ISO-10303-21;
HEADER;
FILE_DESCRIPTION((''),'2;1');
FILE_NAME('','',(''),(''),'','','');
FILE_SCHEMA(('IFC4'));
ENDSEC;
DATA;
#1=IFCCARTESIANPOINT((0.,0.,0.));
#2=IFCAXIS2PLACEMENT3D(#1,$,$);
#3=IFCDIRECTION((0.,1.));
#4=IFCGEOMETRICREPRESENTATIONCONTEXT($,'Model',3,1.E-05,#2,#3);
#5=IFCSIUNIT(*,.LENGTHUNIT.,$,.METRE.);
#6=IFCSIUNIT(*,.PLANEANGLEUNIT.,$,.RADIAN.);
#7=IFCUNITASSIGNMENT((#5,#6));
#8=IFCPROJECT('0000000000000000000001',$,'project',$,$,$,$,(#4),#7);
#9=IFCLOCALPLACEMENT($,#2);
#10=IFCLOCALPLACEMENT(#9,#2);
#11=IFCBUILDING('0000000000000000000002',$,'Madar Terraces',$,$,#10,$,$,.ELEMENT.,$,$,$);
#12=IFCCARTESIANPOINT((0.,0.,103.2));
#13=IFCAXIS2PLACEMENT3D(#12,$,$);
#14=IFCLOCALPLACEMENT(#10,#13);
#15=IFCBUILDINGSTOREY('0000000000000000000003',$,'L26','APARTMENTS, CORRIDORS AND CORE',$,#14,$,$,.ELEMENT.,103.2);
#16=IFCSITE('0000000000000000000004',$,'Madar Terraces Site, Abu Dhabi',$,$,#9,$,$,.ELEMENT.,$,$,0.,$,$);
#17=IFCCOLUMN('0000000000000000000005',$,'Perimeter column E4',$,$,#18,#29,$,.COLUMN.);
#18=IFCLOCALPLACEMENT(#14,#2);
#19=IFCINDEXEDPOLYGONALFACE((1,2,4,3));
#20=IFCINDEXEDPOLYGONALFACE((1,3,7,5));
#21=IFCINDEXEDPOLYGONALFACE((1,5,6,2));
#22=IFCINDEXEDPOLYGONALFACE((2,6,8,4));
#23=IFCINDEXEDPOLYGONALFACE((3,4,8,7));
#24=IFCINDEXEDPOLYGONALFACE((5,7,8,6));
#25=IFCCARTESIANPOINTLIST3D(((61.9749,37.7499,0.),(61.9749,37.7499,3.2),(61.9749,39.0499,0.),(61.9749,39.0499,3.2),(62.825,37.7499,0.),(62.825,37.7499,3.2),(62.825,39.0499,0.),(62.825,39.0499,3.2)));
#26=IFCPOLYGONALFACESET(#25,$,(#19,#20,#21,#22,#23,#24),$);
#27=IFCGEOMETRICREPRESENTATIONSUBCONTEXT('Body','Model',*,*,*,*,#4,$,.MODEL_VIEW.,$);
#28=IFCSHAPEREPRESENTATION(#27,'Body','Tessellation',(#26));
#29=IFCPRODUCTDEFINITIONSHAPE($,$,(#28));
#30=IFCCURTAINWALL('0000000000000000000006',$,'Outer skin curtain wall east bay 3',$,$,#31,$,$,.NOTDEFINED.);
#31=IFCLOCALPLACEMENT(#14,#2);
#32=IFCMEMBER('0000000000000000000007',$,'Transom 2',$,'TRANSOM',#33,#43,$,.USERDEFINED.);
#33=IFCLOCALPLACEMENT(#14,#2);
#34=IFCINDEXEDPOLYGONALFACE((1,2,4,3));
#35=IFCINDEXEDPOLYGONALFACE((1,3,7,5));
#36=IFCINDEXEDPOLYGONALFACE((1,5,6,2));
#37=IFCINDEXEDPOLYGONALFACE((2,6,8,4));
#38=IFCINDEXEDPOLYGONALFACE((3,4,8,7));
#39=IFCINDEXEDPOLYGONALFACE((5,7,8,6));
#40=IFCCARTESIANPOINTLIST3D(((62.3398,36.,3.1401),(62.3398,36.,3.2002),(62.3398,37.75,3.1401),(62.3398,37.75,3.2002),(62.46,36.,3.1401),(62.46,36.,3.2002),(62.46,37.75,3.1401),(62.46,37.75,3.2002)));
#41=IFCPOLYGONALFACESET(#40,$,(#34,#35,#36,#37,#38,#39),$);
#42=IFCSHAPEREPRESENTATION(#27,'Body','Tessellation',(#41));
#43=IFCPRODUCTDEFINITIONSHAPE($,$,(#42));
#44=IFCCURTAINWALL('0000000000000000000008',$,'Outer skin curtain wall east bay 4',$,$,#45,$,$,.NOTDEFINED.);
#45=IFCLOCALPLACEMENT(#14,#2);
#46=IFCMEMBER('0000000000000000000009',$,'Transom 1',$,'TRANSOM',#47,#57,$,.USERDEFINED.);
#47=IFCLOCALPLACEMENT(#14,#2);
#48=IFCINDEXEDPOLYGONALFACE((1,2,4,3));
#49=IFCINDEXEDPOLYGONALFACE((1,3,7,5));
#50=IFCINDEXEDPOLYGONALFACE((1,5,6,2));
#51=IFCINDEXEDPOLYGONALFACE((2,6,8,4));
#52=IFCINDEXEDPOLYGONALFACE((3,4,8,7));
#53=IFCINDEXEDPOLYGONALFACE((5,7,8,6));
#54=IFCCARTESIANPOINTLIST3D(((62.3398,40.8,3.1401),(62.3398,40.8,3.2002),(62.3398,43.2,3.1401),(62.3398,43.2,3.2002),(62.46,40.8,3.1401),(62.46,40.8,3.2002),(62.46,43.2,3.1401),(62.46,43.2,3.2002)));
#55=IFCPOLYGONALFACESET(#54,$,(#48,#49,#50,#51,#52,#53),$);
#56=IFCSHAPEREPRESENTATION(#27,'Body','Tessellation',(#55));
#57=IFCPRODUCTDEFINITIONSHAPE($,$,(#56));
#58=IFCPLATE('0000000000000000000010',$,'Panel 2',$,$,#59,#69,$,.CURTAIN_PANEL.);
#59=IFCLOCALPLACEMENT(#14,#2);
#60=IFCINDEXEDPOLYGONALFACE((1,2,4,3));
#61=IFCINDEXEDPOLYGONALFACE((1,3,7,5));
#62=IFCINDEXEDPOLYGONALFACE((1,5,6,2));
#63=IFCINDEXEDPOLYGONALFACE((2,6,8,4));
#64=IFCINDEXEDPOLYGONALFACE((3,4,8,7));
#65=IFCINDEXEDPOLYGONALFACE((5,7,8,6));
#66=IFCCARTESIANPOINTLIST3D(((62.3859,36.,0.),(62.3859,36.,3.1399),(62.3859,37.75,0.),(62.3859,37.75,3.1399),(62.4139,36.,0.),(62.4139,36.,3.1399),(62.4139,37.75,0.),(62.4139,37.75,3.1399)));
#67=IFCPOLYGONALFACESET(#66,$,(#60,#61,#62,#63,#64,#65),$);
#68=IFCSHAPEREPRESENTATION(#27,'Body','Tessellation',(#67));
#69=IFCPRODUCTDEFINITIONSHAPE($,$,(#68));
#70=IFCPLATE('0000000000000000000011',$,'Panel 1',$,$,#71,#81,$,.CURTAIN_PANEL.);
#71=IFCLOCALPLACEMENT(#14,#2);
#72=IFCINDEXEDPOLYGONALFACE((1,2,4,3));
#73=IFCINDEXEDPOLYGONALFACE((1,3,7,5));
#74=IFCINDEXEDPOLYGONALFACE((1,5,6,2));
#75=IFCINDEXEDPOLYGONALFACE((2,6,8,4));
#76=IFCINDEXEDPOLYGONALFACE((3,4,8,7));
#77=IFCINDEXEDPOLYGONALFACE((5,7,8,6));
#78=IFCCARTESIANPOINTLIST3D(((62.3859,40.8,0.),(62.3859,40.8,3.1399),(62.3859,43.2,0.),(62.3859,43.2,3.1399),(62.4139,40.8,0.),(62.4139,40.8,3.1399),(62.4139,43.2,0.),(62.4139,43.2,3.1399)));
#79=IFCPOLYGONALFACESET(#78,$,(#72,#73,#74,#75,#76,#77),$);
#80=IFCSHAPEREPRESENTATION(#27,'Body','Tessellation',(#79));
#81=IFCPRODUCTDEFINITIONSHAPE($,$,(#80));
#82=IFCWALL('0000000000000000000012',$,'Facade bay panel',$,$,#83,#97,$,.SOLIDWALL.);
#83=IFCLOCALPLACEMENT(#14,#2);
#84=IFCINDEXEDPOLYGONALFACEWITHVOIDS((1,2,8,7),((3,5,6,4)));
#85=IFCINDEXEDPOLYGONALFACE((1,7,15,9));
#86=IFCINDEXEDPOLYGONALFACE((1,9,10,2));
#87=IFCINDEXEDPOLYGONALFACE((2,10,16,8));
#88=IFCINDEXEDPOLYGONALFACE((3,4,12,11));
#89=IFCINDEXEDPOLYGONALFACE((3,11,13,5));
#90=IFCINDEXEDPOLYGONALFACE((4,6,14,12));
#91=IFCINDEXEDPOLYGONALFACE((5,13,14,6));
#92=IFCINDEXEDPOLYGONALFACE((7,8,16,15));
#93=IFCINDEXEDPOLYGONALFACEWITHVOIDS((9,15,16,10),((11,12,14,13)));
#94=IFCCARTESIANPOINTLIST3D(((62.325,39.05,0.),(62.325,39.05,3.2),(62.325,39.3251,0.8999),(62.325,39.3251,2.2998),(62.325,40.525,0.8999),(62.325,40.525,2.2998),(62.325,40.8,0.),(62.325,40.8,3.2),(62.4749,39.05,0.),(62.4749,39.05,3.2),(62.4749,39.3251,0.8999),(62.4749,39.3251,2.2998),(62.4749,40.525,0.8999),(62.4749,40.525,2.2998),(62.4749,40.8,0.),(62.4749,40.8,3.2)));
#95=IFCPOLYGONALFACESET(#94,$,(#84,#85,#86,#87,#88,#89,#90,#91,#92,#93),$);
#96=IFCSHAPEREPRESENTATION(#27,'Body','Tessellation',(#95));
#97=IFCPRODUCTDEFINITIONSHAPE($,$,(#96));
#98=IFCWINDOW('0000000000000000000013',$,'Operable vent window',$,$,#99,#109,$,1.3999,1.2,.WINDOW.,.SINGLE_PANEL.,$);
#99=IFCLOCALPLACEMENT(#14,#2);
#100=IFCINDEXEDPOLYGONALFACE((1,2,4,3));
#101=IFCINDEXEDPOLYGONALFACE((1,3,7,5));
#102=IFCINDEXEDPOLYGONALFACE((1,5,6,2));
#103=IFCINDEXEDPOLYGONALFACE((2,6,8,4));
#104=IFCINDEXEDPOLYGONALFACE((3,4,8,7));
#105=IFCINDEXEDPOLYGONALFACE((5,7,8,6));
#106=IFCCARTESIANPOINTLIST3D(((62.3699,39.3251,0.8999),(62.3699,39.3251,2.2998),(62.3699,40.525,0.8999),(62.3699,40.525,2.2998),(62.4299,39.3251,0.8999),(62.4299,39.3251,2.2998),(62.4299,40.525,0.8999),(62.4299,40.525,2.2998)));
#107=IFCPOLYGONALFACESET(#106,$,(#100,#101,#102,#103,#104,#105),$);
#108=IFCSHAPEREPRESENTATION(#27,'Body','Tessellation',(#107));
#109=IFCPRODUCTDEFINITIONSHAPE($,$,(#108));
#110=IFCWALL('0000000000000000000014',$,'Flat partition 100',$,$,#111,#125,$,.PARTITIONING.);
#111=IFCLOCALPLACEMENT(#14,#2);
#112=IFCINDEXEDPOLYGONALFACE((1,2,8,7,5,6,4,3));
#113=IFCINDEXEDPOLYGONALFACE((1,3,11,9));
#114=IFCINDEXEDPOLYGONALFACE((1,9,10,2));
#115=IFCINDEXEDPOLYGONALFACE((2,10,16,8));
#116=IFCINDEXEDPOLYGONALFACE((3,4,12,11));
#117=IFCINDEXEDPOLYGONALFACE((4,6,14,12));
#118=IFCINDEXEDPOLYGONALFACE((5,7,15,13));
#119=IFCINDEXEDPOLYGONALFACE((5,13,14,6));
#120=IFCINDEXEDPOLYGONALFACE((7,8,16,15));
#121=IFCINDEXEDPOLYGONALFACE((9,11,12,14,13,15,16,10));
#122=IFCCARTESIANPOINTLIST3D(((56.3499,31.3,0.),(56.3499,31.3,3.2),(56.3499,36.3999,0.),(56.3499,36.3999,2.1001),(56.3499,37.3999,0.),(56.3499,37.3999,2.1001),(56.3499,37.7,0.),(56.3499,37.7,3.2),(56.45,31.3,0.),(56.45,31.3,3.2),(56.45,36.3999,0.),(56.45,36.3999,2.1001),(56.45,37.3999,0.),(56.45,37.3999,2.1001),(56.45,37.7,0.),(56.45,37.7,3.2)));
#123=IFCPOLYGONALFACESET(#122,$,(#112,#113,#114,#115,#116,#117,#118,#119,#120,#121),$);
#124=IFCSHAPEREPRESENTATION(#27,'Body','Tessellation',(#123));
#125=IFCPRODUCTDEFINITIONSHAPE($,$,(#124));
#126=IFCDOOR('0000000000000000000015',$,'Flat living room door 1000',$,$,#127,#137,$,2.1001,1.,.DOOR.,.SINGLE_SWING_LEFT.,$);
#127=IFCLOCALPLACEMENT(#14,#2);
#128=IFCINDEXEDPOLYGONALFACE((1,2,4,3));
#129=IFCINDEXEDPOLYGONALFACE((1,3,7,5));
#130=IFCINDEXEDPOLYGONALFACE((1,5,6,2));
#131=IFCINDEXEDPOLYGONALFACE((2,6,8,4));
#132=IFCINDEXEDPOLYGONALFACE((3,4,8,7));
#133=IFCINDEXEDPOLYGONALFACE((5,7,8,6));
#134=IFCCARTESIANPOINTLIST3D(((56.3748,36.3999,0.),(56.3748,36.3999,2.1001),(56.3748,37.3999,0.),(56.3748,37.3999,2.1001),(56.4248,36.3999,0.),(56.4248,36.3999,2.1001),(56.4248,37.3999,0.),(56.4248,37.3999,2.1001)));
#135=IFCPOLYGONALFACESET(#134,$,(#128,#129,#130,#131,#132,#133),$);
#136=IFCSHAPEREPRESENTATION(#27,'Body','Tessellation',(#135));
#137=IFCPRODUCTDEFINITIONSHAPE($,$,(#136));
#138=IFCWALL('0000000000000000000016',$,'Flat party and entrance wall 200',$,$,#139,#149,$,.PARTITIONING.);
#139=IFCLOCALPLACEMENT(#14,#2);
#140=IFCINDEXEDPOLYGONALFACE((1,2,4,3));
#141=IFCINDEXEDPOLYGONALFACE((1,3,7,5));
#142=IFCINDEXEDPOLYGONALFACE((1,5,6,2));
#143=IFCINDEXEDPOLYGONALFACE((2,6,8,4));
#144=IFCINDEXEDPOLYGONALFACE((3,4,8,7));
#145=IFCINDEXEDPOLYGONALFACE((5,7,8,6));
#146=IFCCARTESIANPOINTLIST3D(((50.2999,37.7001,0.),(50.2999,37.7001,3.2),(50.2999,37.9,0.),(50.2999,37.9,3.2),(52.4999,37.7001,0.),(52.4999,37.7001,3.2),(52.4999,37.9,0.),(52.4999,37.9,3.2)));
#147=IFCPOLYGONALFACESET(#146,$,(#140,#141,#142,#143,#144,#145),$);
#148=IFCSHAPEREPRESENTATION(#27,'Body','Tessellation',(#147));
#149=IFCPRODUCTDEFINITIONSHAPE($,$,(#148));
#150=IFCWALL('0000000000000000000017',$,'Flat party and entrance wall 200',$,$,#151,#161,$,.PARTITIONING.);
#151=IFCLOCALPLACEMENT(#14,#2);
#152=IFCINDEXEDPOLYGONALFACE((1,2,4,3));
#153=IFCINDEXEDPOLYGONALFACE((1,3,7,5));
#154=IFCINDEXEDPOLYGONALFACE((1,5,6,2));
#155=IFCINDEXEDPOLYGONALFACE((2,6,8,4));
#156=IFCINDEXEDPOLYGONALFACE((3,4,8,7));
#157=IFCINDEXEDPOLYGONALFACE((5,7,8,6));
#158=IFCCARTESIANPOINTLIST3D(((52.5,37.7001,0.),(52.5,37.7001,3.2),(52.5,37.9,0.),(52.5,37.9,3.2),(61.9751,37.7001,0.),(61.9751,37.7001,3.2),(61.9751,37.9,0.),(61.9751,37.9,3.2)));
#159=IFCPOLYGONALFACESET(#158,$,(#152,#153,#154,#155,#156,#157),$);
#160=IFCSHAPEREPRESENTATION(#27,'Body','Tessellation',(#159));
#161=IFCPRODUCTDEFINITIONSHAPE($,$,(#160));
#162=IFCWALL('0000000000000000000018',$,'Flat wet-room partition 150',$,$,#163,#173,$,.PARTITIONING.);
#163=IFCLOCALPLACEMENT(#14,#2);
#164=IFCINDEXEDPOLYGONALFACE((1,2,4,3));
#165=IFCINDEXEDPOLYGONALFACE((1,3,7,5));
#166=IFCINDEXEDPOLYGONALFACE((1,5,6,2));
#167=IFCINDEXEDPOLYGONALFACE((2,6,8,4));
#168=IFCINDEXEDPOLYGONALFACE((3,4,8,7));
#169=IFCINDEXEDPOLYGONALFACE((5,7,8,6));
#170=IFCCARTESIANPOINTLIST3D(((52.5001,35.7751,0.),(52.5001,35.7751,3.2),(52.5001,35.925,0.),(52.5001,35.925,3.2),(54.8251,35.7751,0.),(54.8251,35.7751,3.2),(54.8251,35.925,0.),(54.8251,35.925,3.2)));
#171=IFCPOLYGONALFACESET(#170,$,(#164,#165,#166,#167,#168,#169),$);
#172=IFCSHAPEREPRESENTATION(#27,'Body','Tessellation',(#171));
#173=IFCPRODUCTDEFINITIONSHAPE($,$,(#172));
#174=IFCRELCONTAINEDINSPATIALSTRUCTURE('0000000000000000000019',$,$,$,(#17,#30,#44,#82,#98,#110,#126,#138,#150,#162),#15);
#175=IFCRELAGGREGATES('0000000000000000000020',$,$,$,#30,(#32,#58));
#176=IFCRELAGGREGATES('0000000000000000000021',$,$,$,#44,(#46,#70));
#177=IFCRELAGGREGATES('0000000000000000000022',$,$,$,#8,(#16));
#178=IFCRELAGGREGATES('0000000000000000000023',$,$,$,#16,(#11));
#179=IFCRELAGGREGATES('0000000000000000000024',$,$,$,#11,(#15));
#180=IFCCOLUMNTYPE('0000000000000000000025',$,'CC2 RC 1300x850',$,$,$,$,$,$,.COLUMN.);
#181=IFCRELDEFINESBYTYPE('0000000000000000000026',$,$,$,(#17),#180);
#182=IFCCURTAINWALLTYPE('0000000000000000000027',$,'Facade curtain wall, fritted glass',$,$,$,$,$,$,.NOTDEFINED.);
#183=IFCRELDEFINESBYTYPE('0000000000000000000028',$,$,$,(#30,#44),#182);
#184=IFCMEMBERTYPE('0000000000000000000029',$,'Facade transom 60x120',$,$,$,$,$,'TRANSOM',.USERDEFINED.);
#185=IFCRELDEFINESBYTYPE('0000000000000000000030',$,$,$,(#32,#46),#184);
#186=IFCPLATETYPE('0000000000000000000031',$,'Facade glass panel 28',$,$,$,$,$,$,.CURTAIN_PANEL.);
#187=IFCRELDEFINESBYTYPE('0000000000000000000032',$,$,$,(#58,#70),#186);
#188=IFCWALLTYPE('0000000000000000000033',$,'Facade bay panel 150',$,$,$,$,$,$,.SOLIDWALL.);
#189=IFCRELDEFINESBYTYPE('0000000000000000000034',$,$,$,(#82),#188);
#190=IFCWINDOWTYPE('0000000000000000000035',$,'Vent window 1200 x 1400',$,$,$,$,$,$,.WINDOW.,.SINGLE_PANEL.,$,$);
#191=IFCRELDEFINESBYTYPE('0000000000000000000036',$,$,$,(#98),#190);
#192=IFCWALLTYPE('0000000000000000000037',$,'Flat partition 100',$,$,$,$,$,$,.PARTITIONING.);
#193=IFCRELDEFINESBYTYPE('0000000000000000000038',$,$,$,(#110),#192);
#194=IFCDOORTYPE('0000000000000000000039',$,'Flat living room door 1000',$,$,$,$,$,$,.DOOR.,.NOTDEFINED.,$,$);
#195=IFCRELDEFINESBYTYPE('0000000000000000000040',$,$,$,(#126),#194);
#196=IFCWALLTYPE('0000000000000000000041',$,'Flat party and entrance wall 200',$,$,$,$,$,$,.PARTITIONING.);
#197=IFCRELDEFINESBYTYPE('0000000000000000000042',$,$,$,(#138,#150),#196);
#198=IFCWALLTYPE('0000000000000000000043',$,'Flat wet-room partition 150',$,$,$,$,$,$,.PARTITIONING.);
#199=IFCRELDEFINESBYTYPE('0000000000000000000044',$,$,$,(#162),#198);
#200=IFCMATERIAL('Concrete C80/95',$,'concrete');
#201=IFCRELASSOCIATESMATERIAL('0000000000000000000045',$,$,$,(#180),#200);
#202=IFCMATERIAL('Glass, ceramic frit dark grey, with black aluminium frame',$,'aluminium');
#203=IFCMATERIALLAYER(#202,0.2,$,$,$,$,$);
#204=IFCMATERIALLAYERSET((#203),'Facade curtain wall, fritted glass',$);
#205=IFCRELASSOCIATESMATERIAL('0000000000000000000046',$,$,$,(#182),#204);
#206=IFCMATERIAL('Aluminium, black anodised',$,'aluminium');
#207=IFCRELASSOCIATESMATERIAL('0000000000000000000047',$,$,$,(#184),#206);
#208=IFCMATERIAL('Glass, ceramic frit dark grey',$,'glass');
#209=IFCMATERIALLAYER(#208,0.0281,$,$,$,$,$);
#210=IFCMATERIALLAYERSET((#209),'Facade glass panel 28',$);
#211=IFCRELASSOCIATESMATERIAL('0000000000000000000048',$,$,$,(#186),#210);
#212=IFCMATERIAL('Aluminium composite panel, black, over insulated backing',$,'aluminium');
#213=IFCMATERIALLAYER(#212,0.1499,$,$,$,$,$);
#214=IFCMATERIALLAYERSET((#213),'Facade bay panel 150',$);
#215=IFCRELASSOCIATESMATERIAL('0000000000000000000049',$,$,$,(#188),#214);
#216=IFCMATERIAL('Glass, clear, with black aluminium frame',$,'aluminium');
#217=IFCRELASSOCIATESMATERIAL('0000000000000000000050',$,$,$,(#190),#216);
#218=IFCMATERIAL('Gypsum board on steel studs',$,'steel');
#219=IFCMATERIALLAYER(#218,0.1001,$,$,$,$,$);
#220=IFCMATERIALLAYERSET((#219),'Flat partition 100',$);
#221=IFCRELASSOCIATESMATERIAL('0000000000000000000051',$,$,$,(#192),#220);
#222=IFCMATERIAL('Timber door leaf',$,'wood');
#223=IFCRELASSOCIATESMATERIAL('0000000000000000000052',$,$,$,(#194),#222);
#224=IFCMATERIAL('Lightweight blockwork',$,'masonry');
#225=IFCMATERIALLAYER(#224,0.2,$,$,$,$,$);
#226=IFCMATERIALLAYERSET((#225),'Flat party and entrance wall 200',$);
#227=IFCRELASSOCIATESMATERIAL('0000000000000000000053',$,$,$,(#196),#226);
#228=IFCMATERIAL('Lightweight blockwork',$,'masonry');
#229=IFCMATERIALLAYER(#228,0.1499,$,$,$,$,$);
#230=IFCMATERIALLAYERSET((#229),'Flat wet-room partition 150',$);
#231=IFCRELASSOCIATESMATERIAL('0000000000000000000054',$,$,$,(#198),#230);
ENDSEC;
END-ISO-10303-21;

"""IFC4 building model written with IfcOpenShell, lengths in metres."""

from ifc_helpers import new_model, si_unit, direction, frame, frame_2d, origin, origin_2d, place, context, subcontext, project, spatial, rectangle, extrude, material, layer, layer_set, material_profile, profile_set, type_object, element, fill, aggregate, save


model = new_model("IFC4")

# Units and contexts
model_context = context("Model", 3, precision=1e-05, world=origin(), true_north=direction((0.0, 1.0)))
body_context = subcontext(model_context, "Body", "Model", "MODEL_VIEW")
ifc_project = project(units=[si_unit("LENGTHUNIT", "METRE"), si_unit("PLANEANGLEUNIT", "RADIAN")], contexts=[model_context])

# Site, building, storey
site_placement = place(None, origin())
site = spatial("IfcSite", under=ifc_project, at=site_placement, Name="Madar Terraces Site, Abu Dhabi", CompositionType="ELEMENT", RefElevation=0.0)
building_placement = place(site_placement, origin())
building = spatial("IfcBuilding", under=site, at=building_placement, Name="Madar Terraces", CompositionType="ELEMENT")
storey_placement = place(building_placement, frame((0.0, 0.0, 103.2)))
storey = spatial("IfcBuildingStorey", under=building, at=storey_placement, Name="L26", Description="APARTMENTS, CORRIDORS AND CORE", CompositionType="ELEMENT", Elevation=103.2)

# Column
ifc_material_1 = material(Name="Concrete C80/95", Category="concrete")
ifc_material_profile_1 = material_profile(ifc_material_1, rectangle(XDim=1.3, YDim=0.8501, at=origin_2d()), Name="CC2 RC 1300x850")
ifc_profile_set_1 = profile_set([ifc_material_profile_1], Name="Concrete C80/95")
column_type = type_object("IfcColumnType", Name="CC2 RC 1300x850", PredefinedType="COLUMN", material=ifc_profile_set_1)
column_placement = place(storey_placement, frame((62.3999, 38.3999, 0.0), z_axis=(0.0, 0.0, 1.0), x_axis=(0.0, 1.0, 0.0)))
element("IfcColumn", 1, at=column_placement, inside=storey, type_object=column_type, Name="Perimeter column E4", PredefinedType="COLUMN", context=body_context, shape_type="SweptSolid", body=[
    extrude(rectangle(XDim=1.3, YDim=0.8501, at=origin_2d()), origin(), (0.0, 0.0, 1.0), 3.2),
])

# Curtain walls, members
ifc_material_2 = material(Name="Glass, ceramic frit dark grey, with black aluminium frame", Category="aluminium")
ifc_layer_1 = layer(ifc_material_2, 0.2)
ifc_layer_set_1 = layer_set([ifc_layer_1], Name="Facade curtain wall, fritted glass")
curtain_wall_type = type_object("IfcCurtainWallType", Name="Facade curtain wall, fritted glass", PredefinedType="NOTDEFINED", material=ifc_layer_set_1)
curtain_wall_1_placement = place(storey_placement, origin())
curtain_wall_1 = element("IfcCurtainWall", 2, at=curtain_wall_1_placement, inside=storey, type_object=curtain_wall_type, Name="Outer skin curtain wall east bay 3", PredefinedType="NOTDEFINED")
ifc_material_3 = material(Name="Aluminium, black anodised", Category="aluminium")
ifc_material_profile_2 = material_profile(ifc_material_3, rectangle(XDim=0.1201, YDim=0.0601, at=origin_2d()), Name="Facade transom 60x120")
ifc_profile_set_2 = profile_set([ifc_material_profile_2], Name="Aluminium, black anodised")
member_type = type_object("IfcMemberType", Name="Facade transom 60x120", ElementType="TRANSOM", PredefinedType="USERDEFINED", material=ifc_profile_set_2)
member_1_placement = place(storey_placement, frame((62.3999, 36.0, 3.1702), z_axis=(0.0, 1.0, 0.0), x_axis=(-1.0, 0.0, 0.0)))
member_1 = element("IfcMember", 3, at=member_1_placement, type_object=member_type, Name="Transom 2", ObjectType="TRANSOM", PredefinedType="USERDEFINED", context=body_context, shape_type="SweptSolid", body=[
    extrude(rectangle(XDim=0.1201, YDim=0.0601, at=origin_2d()), origin(), (0.0, 0.0, 1.0), 1.75),
])
curtain_wall_2_placement = place(storey_placement, origin())
curtain_wall_2 = element("IfcCurtainWall", 4, at=curtain_wall_2_placement, inside=storey, type_object=curtain_wall_type, Name="Outer skin curtain wall east bay 4", PredefinedType="NOTDEFINED")
member_2_placement = place(storey_placement, frame((62.3999, 40.8, 3.1702), z_axis=(0.0, 1.0, 0.0), x_axis=(-1.0, 0.0, 0.0)))
member_2 = element("IfcMember", 5, at=member_2_placement, type_object=member_type, Name="Transom 1", ObjectType="TRANSOM", PredefinedType="USERDEFINED", context=body_context, shape_type="SweptSolid", body=[
    extrude(rectangle(XDim=0.1201, YDim=0.0601, at=origin_2d()), origin(), (0.0, 0.0, 1.0), 2.3999),
])

# Plates
ifc_material_4 = material(Name="Glass, ceramic frit dark grey", Category="glass")
ifc_layer_2 = layer(ifc_material_4, 0.0281)
ifc_layer_set_2 = layer_set([ifc_layer_2], Name="Facade glass panel 28")
plate_type = type_object("IfcPlateType", Name="Facade glass panel 28", PredefinedType="CURTAIN_PANEL", material=ifc_layer_set_2)
plate_1_placement = place(storey_placement, frame((62.3999, 36.875, 0.0), z_axis=(0.0, 0.0, 1.0), x_axis=(0.0, 1.0, 0.0)))
plate_1 = element("IfcPlate", 6, at=plate_1_placement, type_object=plate_type, Name="Panel 2", PredefinedType="CURTAIN_PANEL", context=body_context, shape_type="SweptSolid", body=[
    extrude(rectangle(XDim=1.75, YDim=0.0281, at=origin_2d()), origin(), (0.0, 0.0, 1.0), 3.1399),
])
aggregate(curtain_wall_1, [member_1, plate_1])
plate_2_placement = place(storey_placement, frame((62.3999, 42.0, 0.0), z_axis=(0.0, 0.0, 1.0), x_axis=(0.0, 1.0, 0.0)))
plate_2 = element("IfcPlate", 7, at=plate_2_placement, type_object=plate_type, Name="Panel 1", PredefinedType="CURTAIN_PANEL", context=body_context, shape_type="SweptSolid", body=[
    extrude(rectangle(XDim=2.3999, YDim=0.0281, at=origin_2d()), origin(), (0.0, 0.0, 1.0), 3.1399),
])
aggregate(curtain_wall_2, [member_2, plate_2])

# Wall, opening, window
ifc_material_5 = material(Name="Aluminium composite panel, black, over insulated backing", Category="aluminium")
ifc_layer_3 = layer(ifc_material_5, 0.1499)
ifc_layer_set_3 = layer_set([ifc_layer_3], Name="Facade bay panel 150")
wall_type_1 = type_object("IfcWallType", Name="Facade bay panel 150", PredefinedType="SOLIDWALL", material=ifc_layer_set_3)
wall_1_placement = place(storey_placement, frame((62.3999, 39.05, 0.0), z_axis=(0.0, 0.0, 1.0), x_axis=(0.0, 1.0, 0.0)))
wall_1 = element("IfcWall", 8, at=wall_1_placement, inside=storey, type_object=wall_type_1, Name="Facade bay panel", PredefinedType="SOLIDWALL", context=body_context, shape_type="SweptSolid", body=[
    extrude(rectangle(XDim=1.75, YDim=0.1499, at=frame_2d((0.875, 0.0))), origin(), (0.0, 0.0, 1.0), 3.2),
])
opening_1_placement = place(wall_1_placement, frame((0.2749, 0.0, 0.8999)))
opening_1 = element("IfcOpeningElement", 9, at=opening_1_placement, cuts=wall_1, PredefinedType="OPENING", context=body_context, shape_type="SweptSolid", body=[
    extrude(rectangle(XDim=1.2, YDim=1.3999, at=frame_2d((0.6001, 0.7))), frame((0.0, 0.085, 0.0), z_axis=(0.0, -1.0, 0.0), x_axis=(1.0, 0.0, 0.0)), (0.0, 0.0, 1.0), 0.1699),
])
ifc_material_6 = material(Name="Glass, clear, with black aluminium frame", Category="aluminium")
window_type = type_object("IfcWindowType", Name="Vent window 1200 x 1400", PartitioningType="SINGLE_PANEL", PredefinedType="WINDOW", material=ifc_material_6)
window_placement = place(opening_1_placement, origin())
window = element("IfcWindow", 10, at=window_placement, inside=storey, type_object=window_type, Name="Operable vent window", OverallHeight=1.3999, OverallWidth=1.2, PartitioningType="SINGLE_PANEL", PredefinedType="WINDOW", context=body_context, shape_type="SweptSolid", body=[
    extrude(rectangle(XDim=1.2, YDim=1.3999, at=frame_2d((0.6001, 0.7))), frame((0.0, 0.03, 0.0), z_axis=(0.0, -1.0, 0.0), x_axis=(1.0, 0.0, 0.0)), (0.0, 0.0, 1.0), 0.0601),
])
fill(opening_1, window)

# Wall, opening, door
ifc_material_7 = material(Name="Gypsum board on steel studs", Category="steel")
ifc_layer_4 = layer(ifc_material_7, 0.1001)
ifc_layer_set_4 = layer_set([ifc_layer_4], Name="Flat partition 100")
wall_type_2 = type_object("IfcWallType", Name="Flat partition 100", PredefinedType="PARTITIONING", material=ifc_layer_set_4)
wall_2_placement = place(storey_placement, frame((56.3999, 37.7, 0.0), z_axis=(0.0, 0.0, 1.0), x_axis=(0.0, -1.0, 0.0)))
wall_2 = element("IfcWall", 11, at=wall_2_placement, inside=storey, type_object=wall_type_2, Name="Flat partition 100", PredefinedType="PARTITIONING", context=body_context, shape_type="SweptSolid", body=[
    extrude(rectangle(XDim=6.3999, YDim=0.1001, at=frame_2d((3.2, 0.0))), origin(), (0.0, 0.0, 1.0), 3.2),
])
opening_2_placement = place(wall_2_placement, frame((0.3, 0.0, 0.0)))
opening_2 = element("IfcOpeningElement", 12, at=opening_2_placement, cuts=wall_2, PredefinedType="OPENING", context=body_context, shape_type="SweptSolid", body=[
    extrude(rectangle(XDim=1.0, YDim=2.1001, at=frame_2d((0.5, 1.05))), frame((0.0, 0.0601, 0.0), z_axis=(0.0, -1.0, 0.0), x_axis=(1.0, 0.0, 0.0)), (0.0, 0.0, 1.0), 0.1201),
])
ifc_material_8 = material(Name="Timber door leaf", Category="wood")
door_type_1 = type_object("IfcDoorType", Name="Flat living room door 1000", OperationType="NOTDEFINED", PredefinedType="DOOR", material=ifc_material_8)
door_1_placement = place(opening_2_placement, origin())
door_1 = element("IfcDoor", 13, at=door_1_placement, inside=storey, type_object=door_type_1, Name="Flat living room door 1000", OperationType="SINGLE_SWING_LEFT", OverallHeight=2.1001, OverallWidth=1.0, PredefinedType="DOOR", context=body_context, shape_type="SweptSolid", body=[
    extrude(rectangle(XDim=1.0, YDim=2.1001, at=frame_2d((0.5, 1.05))), frame((0.0, 0.0249, 0.0), z_axis=(0.0, -1.0, 0.0), x_axis=(1.0, 0.0, 0.0)), (0.0, 0.0, 1.0), 0.05),
])
fill(opening_2, door_1)

# Walls
ifc_material_9 = material(Name="Lightweight blockwork", Category="masonry")
ifc_layer_5 = layer(ifc_material_9, 0.2)
ifc_layer_set_5 = layer_set([ifc_layer_5], Name="Flat party and entrance wall 200")
wall_type_3 = type_object("IfcWallType", Name="Flat party and entrance wall 200", PredefinedType="PARTITIONING", material=ifc_layer_set_5)
wall_3_placement = place(storey_placement, frame((52.5, 37.8, 0.0), z_axis=(0.0, 0.0, 1.0), x_axis=(-1.0, 0.0, 0.0)))
element("IfcWall", 14, at=wall_3_placement, inside=storey, type_object=wall_type_3, Name="Flat party and entrance wall 200", PredefinedType="PARTITIONING", context=body_context, shape_type="SweptSolid", body=[
    extrude(rectangle(XDim=2.2, YDim=0.2, at=frame_2d((1.1001, 0.0))), origin(), (0.0, 0.0, 1.0), 3.2),
])
wall_4_placement = place(storey_placement, frame((52.5, 37.8, 0.0), z_axis=(0.0, 0.0, 1.0), x_axis=(1.0, 0.0, 0.0)))
element("IfcWall", 15, at=wall_4_placement, inside=storey, type_object=wall_type_3, Name="Flat party and entrance wall 200", PredefinedType="PARTITIONING", context=body_context, shape_type="SweptSolid", body=[
    extrude(rectangle(XDim=9.4751, YDim=0.2, at=frame_2d((4.7375, 0.0))), origin(), (0.0, 0.0, 1.0), 3.2),
])
ifc_material_10 = material(Name="Lightweight blockwork", Category="masonry")
ifc_layer_6 = layer(ifc_material_10, 0.1499)
ifc_layer_set_6 = layer_set([ifc_layer_6], Name="Flat wet-room partition 150")
wall_type_4 = type_object("IfcWallType", Name="Flat wet-room partition 150", PredefinedType="PARTITIONING", material=ifc_layer_set_6)
wall_5_placement = place(storey_placement, frame((52.5, 35.8501, 0.0), z_axis=(0.0, 0.0, 1.0), x_axis=(1.0, 0.0, 0.0)))
element("IfcWall", 16, at=wall_5_placement, inside=storey, type_object=wall_type_4, Name="Flat wet-room partition 150", PredefinedType="PARTITIONING", context=body_context, shape_type="SweptSolid", body=[
    extrude(rectangle(XDim=2.325, YDim=0.1499, at=frame_2d((1.1626, 0.0))), origin(), (0.0, 0.0, 1.0), 3.2),
])

save(model, "model.ifc")
